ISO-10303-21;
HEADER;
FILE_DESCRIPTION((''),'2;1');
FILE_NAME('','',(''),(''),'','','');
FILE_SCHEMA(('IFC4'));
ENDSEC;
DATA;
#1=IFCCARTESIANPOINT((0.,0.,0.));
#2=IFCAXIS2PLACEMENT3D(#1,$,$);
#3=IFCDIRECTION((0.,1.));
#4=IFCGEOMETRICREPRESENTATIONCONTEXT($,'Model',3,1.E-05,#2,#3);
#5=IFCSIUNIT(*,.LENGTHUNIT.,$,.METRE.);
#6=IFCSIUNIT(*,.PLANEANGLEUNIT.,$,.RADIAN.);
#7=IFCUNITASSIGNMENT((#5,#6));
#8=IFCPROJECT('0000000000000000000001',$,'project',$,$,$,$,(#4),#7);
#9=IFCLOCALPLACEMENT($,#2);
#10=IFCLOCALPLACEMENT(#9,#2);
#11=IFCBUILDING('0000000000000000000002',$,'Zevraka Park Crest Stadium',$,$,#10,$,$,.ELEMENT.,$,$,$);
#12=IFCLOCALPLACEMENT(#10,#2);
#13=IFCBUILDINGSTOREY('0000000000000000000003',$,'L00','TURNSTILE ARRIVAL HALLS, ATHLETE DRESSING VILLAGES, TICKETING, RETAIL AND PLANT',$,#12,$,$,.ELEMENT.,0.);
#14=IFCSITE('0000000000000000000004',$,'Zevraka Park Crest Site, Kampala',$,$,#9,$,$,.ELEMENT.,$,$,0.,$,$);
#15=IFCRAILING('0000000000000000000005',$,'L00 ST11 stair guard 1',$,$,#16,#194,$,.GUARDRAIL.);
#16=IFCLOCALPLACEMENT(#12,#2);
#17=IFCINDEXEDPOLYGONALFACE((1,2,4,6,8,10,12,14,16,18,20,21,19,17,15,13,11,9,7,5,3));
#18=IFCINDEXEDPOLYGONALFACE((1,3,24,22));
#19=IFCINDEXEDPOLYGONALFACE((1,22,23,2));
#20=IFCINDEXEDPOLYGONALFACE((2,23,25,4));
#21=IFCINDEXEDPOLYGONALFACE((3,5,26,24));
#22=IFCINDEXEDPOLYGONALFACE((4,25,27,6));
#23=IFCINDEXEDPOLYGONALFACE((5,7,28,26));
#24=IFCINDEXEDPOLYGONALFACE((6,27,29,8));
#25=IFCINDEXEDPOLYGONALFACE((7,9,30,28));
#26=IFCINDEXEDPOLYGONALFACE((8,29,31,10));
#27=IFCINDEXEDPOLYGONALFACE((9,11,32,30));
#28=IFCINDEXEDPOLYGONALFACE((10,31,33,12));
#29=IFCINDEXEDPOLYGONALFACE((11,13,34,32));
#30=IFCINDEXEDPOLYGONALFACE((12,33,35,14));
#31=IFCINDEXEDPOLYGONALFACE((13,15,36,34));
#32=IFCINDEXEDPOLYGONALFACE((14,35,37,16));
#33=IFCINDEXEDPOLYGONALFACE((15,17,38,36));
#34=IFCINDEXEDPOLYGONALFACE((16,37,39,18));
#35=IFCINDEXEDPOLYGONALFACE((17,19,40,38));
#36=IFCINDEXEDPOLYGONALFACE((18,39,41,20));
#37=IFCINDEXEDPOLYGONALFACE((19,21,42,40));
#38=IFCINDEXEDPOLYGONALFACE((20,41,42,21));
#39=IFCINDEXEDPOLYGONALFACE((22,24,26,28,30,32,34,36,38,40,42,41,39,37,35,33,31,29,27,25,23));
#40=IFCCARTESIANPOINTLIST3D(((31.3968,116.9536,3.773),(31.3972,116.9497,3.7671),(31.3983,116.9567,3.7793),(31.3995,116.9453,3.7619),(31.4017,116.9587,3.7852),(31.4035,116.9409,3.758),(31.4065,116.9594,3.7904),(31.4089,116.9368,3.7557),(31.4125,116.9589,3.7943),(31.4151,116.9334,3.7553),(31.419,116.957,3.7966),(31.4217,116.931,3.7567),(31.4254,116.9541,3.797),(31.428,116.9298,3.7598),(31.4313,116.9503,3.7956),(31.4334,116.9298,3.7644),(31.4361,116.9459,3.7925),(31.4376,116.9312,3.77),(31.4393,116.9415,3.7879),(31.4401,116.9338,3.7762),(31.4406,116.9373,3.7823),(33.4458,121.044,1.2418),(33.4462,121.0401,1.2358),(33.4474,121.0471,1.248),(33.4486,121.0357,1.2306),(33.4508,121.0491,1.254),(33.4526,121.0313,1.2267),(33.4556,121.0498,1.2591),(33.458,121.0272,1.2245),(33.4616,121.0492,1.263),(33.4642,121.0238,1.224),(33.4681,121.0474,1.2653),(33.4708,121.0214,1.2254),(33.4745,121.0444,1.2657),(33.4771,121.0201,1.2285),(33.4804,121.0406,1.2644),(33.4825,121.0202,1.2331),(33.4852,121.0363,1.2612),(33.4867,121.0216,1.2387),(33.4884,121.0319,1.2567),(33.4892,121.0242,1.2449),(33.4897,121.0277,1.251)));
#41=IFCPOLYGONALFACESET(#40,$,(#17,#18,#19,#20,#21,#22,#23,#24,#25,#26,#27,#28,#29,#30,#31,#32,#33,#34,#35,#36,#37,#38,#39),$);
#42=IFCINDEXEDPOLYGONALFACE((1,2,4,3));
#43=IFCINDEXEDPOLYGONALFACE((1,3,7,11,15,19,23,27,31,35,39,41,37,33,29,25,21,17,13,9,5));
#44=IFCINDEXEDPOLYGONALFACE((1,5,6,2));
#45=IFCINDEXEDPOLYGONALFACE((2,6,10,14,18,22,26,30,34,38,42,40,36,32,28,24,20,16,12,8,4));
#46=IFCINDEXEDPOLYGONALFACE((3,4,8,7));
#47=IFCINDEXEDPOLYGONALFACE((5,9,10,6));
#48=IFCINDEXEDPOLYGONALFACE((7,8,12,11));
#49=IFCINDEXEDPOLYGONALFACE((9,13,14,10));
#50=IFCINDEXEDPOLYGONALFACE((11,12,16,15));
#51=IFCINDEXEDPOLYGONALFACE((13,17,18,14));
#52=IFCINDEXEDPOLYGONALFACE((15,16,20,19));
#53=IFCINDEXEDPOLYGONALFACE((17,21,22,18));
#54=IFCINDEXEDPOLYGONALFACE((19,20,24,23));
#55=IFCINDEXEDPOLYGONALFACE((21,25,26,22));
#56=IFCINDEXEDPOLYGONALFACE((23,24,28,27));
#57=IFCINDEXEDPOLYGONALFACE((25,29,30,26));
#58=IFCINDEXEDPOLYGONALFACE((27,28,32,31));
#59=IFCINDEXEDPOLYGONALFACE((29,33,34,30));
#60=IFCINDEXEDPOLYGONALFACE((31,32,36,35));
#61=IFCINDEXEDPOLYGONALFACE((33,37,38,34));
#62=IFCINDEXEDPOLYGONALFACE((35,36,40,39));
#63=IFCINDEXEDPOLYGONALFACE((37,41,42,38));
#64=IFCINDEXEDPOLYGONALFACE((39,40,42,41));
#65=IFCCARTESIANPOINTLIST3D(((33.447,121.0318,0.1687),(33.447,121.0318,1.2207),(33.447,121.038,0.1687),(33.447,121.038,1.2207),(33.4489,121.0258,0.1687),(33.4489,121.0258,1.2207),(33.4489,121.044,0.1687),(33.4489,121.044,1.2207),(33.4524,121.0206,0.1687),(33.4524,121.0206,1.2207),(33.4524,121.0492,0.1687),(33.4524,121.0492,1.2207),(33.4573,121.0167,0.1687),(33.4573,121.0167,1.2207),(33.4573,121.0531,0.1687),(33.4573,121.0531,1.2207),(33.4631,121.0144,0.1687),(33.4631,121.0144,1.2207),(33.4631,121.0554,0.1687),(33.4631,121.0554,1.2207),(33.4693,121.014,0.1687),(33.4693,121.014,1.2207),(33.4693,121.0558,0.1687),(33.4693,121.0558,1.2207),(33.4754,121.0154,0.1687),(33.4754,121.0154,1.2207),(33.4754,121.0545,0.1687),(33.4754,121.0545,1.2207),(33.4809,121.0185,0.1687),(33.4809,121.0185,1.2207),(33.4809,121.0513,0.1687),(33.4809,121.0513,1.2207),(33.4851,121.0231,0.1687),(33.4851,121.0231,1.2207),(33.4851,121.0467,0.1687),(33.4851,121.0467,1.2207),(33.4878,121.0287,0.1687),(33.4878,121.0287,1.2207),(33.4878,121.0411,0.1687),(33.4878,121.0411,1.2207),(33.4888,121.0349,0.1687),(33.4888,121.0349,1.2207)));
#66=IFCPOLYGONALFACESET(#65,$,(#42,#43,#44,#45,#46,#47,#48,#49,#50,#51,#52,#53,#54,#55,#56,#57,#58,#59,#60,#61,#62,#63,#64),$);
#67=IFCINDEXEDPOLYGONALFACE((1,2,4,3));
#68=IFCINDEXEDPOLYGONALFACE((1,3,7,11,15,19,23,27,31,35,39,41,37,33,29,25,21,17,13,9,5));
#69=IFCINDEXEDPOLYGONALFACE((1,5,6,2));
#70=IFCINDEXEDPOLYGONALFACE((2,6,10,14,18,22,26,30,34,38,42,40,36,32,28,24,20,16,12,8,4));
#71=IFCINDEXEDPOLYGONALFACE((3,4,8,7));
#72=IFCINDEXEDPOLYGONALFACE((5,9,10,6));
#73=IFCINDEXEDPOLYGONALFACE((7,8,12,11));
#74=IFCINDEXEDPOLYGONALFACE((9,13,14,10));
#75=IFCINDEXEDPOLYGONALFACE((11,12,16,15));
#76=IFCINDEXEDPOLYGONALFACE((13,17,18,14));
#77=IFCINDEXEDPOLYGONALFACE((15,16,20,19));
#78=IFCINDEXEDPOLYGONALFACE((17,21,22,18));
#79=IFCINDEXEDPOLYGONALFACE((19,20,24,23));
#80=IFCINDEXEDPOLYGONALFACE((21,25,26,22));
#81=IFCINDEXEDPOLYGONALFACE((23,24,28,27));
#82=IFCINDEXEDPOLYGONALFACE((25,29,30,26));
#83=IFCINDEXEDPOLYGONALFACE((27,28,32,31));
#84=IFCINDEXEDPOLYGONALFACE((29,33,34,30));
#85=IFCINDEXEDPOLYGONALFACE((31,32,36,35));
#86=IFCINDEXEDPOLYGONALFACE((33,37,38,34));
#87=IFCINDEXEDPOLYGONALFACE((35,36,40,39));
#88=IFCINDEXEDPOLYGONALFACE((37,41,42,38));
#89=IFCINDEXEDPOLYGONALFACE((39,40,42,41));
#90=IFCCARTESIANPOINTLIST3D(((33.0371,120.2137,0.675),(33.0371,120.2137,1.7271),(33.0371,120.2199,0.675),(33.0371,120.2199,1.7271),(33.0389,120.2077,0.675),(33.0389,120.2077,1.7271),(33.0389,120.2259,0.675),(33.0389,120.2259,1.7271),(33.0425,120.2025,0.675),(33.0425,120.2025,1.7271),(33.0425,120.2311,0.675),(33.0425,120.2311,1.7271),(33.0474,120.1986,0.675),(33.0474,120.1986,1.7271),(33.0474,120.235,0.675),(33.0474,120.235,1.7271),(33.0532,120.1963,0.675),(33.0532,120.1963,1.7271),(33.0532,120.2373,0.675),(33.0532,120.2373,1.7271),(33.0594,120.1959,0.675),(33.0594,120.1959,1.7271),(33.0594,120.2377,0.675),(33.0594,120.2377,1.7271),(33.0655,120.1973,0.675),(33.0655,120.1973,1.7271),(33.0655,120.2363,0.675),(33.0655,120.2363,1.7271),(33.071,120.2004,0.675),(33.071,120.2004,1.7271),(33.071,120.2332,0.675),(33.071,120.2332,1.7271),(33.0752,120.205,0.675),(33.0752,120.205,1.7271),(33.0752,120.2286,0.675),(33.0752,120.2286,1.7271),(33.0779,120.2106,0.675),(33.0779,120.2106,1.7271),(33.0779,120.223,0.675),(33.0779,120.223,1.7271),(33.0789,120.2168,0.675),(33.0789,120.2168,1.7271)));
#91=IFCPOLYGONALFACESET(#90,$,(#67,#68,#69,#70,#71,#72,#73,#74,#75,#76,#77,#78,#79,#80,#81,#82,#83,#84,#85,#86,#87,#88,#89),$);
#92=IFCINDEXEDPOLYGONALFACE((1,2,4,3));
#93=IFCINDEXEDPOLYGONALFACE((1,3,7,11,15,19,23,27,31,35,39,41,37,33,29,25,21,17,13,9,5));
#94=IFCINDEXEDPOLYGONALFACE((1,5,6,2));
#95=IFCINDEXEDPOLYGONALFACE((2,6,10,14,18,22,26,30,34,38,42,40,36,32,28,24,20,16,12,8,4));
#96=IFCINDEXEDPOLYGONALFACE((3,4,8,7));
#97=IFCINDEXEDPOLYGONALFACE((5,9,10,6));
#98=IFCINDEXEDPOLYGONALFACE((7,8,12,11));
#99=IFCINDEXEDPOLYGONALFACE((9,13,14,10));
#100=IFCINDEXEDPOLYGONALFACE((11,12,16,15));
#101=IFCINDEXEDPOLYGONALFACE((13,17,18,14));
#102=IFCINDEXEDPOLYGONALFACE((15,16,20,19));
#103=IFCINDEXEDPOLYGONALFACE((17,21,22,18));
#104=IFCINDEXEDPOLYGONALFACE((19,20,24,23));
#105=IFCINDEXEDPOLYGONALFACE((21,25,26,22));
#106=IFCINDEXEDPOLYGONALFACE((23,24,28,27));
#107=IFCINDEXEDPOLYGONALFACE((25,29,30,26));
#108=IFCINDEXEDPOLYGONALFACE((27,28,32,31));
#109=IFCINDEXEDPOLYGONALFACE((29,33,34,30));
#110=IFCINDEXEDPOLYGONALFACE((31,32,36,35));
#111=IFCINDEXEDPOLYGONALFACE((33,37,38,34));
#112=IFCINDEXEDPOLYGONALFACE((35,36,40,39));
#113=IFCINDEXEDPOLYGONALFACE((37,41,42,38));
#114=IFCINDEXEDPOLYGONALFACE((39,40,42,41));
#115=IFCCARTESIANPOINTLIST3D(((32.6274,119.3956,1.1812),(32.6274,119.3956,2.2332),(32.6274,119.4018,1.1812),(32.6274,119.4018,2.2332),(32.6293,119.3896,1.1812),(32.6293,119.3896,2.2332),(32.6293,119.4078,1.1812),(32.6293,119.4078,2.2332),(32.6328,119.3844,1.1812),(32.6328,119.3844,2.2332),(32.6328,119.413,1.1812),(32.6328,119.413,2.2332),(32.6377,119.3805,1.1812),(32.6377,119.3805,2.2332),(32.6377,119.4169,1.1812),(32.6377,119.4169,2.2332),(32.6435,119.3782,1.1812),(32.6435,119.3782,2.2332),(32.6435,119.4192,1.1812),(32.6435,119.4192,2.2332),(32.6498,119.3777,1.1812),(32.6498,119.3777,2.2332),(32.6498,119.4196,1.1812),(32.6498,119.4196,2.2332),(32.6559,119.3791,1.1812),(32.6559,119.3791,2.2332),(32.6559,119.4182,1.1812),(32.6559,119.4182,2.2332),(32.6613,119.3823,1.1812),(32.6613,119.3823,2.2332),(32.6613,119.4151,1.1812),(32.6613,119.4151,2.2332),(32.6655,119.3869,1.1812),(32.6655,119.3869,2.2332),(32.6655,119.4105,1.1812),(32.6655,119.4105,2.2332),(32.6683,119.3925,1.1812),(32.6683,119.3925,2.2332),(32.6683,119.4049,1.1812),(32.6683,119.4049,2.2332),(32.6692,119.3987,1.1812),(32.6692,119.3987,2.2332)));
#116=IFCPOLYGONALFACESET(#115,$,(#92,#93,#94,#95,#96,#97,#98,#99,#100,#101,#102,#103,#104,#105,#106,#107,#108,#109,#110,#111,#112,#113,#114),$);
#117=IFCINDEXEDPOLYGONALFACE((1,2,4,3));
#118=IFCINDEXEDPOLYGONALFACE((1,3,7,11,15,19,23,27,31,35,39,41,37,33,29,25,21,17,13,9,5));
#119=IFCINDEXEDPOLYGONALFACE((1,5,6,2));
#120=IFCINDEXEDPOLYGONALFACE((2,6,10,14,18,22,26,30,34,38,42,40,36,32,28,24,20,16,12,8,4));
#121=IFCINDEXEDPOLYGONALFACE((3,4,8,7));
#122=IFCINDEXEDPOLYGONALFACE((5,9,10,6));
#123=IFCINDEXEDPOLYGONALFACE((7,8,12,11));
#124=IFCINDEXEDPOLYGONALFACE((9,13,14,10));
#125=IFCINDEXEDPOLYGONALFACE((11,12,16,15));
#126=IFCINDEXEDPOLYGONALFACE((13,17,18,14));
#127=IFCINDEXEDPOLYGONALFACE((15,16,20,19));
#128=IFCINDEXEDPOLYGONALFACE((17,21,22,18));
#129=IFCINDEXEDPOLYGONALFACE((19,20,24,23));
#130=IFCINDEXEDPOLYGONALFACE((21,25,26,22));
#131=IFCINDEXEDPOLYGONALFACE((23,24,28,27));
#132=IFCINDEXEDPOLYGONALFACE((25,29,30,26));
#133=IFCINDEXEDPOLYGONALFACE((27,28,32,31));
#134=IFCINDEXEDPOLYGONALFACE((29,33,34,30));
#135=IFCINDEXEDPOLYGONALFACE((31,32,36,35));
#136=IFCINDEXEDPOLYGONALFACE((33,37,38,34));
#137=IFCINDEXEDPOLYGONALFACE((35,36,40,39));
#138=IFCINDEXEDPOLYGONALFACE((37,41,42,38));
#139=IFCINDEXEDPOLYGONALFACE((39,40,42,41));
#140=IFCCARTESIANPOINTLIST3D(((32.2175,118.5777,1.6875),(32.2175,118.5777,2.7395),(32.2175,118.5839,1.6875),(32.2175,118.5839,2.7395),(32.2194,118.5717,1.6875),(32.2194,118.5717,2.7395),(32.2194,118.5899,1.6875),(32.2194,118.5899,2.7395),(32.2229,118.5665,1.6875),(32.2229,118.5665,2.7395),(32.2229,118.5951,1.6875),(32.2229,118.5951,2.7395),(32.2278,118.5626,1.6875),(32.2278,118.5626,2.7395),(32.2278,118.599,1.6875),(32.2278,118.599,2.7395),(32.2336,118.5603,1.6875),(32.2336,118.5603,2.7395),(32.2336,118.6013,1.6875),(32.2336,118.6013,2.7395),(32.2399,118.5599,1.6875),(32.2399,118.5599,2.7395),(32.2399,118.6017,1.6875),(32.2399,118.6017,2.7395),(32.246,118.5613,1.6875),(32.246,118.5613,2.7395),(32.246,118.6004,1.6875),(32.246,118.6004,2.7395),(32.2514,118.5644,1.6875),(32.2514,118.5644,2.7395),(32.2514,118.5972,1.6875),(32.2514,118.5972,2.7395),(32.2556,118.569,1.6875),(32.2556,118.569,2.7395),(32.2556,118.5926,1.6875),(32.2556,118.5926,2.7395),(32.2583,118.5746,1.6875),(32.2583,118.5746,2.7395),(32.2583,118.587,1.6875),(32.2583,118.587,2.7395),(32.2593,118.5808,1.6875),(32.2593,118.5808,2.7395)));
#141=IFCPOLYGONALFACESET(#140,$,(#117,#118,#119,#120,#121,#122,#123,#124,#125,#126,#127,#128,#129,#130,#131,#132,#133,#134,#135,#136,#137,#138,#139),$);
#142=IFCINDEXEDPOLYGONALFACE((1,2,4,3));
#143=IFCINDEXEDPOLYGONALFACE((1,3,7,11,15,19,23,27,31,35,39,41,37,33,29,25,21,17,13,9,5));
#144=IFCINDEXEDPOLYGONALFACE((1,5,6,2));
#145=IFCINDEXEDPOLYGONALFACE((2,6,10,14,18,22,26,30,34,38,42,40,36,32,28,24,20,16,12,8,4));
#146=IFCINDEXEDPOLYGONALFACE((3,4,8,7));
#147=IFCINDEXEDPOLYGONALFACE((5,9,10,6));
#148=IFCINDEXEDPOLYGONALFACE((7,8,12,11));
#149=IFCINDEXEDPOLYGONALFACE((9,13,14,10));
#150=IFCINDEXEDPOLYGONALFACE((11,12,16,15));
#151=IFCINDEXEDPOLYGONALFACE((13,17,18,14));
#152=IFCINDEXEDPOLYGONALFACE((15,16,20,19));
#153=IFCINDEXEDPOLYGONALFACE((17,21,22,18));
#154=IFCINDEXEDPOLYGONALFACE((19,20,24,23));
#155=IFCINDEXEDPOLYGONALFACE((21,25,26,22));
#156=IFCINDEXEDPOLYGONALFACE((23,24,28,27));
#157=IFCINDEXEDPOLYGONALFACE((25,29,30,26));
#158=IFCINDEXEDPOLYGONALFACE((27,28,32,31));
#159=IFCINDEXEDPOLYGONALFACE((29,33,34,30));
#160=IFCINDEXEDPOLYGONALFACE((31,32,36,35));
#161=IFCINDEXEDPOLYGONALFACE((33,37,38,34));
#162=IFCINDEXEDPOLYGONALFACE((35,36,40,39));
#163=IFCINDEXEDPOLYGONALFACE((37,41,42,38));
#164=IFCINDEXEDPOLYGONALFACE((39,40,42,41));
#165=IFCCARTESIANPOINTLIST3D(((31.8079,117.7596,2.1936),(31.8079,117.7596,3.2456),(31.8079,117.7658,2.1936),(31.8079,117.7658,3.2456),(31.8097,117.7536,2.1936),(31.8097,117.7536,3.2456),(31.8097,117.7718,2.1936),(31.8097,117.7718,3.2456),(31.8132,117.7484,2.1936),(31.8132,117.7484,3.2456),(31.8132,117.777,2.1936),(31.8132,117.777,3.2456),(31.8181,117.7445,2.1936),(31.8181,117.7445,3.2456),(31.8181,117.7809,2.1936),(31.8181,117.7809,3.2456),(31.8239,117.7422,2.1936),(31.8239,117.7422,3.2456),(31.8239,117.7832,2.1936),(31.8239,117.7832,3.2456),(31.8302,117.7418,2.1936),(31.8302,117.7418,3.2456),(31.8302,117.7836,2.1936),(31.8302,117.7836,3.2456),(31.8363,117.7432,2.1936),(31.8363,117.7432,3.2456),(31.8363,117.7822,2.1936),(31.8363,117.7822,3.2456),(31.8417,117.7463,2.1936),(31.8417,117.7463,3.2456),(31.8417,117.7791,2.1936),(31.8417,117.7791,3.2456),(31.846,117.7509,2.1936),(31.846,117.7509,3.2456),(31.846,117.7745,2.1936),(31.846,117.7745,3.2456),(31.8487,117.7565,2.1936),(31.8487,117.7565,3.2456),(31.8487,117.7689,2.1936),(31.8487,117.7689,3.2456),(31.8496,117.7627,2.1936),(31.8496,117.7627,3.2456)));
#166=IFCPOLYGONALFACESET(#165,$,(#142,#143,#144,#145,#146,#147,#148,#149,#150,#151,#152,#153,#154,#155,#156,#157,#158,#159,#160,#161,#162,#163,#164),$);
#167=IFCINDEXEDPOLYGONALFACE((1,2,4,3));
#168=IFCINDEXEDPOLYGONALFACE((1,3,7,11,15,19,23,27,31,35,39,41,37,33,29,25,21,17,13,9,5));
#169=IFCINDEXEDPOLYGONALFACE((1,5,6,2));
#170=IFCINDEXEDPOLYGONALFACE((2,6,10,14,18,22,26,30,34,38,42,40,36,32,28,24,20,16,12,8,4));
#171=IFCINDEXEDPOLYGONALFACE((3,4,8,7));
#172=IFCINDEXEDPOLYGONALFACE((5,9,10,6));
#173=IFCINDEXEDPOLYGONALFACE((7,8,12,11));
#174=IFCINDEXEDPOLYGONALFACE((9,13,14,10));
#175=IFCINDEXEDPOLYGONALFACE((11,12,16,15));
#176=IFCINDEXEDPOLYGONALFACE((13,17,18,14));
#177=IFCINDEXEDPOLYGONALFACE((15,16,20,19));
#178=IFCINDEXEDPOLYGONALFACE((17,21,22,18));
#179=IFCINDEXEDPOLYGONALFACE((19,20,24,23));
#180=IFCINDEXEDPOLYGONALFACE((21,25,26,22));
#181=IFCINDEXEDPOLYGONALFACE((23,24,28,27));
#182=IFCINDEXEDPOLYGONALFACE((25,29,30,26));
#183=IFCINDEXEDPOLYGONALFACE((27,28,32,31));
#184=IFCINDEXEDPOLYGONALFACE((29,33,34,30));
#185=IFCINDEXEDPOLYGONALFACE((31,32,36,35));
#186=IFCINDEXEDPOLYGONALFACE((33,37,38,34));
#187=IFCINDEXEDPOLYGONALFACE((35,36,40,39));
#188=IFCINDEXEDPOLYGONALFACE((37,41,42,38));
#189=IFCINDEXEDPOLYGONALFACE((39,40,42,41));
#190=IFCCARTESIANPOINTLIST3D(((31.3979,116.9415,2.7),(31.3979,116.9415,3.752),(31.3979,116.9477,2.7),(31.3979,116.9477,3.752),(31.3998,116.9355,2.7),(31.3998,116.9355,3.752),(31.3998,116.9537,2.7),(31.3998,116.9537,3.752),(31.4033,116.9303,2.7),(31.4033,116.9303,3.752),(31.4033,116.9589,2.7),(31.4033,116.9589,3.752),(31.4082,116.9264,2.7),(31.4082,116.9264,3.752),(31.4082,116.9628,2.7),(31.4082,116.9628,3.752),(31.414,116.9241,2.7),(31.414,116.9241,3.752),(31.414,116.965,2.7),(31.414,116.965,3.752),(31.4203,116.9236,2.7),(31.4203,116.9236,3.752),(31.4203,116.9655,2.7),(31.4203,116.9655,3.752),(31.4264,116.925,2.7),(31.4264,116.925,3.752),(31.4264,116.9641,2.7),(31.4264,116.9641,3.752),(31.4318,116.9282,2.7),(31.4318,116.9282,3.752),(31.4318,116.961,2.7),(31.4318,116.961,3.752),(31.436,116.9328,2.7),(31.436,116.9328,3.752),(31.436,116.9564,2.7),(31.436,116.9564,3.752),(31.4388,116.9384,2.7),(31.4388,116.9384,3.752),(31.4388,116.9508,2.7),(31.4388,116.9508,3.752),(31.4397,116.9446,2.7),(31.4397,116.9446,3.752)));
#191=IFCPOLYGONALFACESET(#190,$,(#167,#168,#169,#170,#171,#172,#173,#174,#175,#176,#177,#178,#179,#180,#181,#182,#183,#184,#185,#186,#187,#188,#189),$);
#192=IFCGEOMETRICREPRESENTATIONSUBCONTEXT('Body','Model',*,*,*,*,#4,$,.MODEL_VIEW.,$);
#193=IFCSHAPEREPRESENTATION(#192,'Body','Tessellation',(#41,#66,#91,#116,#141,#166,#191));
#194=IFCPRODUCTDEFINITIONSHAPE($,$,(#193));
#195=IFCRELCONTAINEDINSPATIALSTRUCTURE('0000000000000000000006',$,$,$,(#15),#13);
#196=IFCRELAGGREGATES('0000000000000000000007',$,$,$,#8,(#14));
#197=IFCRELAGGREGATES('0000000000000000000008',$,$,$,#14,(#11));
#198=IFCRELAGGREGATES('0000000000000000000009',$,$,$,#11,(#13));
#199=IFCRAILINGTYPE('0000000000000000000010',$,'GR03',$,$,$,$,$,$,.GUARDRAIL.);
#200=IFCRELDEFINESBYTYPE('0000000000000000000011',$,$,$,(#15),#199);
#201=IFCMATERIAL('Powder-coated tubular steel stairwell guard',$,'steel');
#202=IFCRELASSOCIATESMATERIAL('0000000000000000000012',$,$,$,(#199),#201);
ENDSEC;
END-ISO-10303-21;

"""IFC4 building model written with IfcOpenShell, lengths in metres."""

from ifc_helpers import new_model, si_unit, direction, frame, origin, origin_2d, place, context, subcontext, project, spatial, circle, extrude, material, type_object, element, save


model = new_model("IFC4")

# Units and contexts
model_context = context("Model", 3, precision=1e-05, world=origin(), true_north=direction((0.0, 1.0)))
body_context = subcontext(model_context, "Body", "Model", "MODEL_VIEW")
ifc_project = project(units=[si_unit("LENGTHUNIT", "METRE"), si_unit("PLANEANGLEUNIT", "RADIAN")], contexts=[model_context])

# Site, building, storey
site_placement = place(None, origin())
site = spatial("IfcSite", under=ifc_project, at=site_placement, Name="Zevraka Park Crest Site, Kampala", CompositionType="ELEMENT", RefElevation=0.0)
building_placement = place(site_placement, origin())
building = spatial("IfcBuilding", under=site, at=building_placement, Name="Zevraka Park Crest Stadium", CompositionType="ELEMENT")
storey_placement = place(building_placement, origin())
storey = spatial("IfcBuildingStorey", under=building, at=storey_placement, Name="L00", Description="TURNSTILE ARRIVAL HALLS, ATHLETE DRESSING VILLAGES, TICKETING, RETAIL AND PLANT", CompositionType="ELEMENT", Elevation=0.0)

# Railing
ifc_material_1 = material(Name="Powder-coated tubular steel stairwell guard", Category="steel")
railing_type_1 = type_object("IfcRailingType", Name="GR03", PredefinedType="GUARDRAIL", material=ifc_material_1)
railing_1_placement = place(storey_placement, frame((33.4678, 121.0349, 0.1687)))
element("IfcRailing", 1, at=railing_1_placement, inside=storey, type_object=railing_type_1, Name="L00 ST11 stair guard 1", PredefinedType="GUARDRAIL", context=body_context, shape_type="SweptSolid", body=[
    extrude(circle(Radius=0.0239, at=origin_2d()), frame((0.0, 0.0, 1.0762), z_axis=(-0.391908, -0.782321, 0.48413), x_axis=(0.894085, -0.447897, 0.0)), (0.0, 0.0, 1.0), 5.2285),
    extrude(circle(Radius=0.021, at=origin_2d()), origin(), (0.0, 0.0, 1.0), 1.052),
    extrude(circle(Radius=0.021, at=origin_2d()), frame((-0.4099, -0.8181, 0.5063)), (0.0, 0.0, 1.0), 1.052),
    extrude(circle(Radius=0.021, at=origin_2d()), frame((-0.8196, -1.6362, 1.0125)), (0.0, 0.0, 1.0), 1.052),
    extrude(circle(Radius=0.021, at=origin_2d()), frame((-1.2295, -2.4541, 1.5188)), (0.0, 0.0, 1.0), 1.052),
    extrude(circle(Radius=0.021, at=origin_2d()), frame((-1.6392, -3.2722, 2.0249)), (0.0, 0.0, 1.0), 1.052),
    extrude(circle(Radius=0.021, at=origin_2d()), frame((-2.0491, -4.0903, 2.5312)), (0.0, 0.0, 1.0), 1.052),
])

save(model, "model.ifc")
